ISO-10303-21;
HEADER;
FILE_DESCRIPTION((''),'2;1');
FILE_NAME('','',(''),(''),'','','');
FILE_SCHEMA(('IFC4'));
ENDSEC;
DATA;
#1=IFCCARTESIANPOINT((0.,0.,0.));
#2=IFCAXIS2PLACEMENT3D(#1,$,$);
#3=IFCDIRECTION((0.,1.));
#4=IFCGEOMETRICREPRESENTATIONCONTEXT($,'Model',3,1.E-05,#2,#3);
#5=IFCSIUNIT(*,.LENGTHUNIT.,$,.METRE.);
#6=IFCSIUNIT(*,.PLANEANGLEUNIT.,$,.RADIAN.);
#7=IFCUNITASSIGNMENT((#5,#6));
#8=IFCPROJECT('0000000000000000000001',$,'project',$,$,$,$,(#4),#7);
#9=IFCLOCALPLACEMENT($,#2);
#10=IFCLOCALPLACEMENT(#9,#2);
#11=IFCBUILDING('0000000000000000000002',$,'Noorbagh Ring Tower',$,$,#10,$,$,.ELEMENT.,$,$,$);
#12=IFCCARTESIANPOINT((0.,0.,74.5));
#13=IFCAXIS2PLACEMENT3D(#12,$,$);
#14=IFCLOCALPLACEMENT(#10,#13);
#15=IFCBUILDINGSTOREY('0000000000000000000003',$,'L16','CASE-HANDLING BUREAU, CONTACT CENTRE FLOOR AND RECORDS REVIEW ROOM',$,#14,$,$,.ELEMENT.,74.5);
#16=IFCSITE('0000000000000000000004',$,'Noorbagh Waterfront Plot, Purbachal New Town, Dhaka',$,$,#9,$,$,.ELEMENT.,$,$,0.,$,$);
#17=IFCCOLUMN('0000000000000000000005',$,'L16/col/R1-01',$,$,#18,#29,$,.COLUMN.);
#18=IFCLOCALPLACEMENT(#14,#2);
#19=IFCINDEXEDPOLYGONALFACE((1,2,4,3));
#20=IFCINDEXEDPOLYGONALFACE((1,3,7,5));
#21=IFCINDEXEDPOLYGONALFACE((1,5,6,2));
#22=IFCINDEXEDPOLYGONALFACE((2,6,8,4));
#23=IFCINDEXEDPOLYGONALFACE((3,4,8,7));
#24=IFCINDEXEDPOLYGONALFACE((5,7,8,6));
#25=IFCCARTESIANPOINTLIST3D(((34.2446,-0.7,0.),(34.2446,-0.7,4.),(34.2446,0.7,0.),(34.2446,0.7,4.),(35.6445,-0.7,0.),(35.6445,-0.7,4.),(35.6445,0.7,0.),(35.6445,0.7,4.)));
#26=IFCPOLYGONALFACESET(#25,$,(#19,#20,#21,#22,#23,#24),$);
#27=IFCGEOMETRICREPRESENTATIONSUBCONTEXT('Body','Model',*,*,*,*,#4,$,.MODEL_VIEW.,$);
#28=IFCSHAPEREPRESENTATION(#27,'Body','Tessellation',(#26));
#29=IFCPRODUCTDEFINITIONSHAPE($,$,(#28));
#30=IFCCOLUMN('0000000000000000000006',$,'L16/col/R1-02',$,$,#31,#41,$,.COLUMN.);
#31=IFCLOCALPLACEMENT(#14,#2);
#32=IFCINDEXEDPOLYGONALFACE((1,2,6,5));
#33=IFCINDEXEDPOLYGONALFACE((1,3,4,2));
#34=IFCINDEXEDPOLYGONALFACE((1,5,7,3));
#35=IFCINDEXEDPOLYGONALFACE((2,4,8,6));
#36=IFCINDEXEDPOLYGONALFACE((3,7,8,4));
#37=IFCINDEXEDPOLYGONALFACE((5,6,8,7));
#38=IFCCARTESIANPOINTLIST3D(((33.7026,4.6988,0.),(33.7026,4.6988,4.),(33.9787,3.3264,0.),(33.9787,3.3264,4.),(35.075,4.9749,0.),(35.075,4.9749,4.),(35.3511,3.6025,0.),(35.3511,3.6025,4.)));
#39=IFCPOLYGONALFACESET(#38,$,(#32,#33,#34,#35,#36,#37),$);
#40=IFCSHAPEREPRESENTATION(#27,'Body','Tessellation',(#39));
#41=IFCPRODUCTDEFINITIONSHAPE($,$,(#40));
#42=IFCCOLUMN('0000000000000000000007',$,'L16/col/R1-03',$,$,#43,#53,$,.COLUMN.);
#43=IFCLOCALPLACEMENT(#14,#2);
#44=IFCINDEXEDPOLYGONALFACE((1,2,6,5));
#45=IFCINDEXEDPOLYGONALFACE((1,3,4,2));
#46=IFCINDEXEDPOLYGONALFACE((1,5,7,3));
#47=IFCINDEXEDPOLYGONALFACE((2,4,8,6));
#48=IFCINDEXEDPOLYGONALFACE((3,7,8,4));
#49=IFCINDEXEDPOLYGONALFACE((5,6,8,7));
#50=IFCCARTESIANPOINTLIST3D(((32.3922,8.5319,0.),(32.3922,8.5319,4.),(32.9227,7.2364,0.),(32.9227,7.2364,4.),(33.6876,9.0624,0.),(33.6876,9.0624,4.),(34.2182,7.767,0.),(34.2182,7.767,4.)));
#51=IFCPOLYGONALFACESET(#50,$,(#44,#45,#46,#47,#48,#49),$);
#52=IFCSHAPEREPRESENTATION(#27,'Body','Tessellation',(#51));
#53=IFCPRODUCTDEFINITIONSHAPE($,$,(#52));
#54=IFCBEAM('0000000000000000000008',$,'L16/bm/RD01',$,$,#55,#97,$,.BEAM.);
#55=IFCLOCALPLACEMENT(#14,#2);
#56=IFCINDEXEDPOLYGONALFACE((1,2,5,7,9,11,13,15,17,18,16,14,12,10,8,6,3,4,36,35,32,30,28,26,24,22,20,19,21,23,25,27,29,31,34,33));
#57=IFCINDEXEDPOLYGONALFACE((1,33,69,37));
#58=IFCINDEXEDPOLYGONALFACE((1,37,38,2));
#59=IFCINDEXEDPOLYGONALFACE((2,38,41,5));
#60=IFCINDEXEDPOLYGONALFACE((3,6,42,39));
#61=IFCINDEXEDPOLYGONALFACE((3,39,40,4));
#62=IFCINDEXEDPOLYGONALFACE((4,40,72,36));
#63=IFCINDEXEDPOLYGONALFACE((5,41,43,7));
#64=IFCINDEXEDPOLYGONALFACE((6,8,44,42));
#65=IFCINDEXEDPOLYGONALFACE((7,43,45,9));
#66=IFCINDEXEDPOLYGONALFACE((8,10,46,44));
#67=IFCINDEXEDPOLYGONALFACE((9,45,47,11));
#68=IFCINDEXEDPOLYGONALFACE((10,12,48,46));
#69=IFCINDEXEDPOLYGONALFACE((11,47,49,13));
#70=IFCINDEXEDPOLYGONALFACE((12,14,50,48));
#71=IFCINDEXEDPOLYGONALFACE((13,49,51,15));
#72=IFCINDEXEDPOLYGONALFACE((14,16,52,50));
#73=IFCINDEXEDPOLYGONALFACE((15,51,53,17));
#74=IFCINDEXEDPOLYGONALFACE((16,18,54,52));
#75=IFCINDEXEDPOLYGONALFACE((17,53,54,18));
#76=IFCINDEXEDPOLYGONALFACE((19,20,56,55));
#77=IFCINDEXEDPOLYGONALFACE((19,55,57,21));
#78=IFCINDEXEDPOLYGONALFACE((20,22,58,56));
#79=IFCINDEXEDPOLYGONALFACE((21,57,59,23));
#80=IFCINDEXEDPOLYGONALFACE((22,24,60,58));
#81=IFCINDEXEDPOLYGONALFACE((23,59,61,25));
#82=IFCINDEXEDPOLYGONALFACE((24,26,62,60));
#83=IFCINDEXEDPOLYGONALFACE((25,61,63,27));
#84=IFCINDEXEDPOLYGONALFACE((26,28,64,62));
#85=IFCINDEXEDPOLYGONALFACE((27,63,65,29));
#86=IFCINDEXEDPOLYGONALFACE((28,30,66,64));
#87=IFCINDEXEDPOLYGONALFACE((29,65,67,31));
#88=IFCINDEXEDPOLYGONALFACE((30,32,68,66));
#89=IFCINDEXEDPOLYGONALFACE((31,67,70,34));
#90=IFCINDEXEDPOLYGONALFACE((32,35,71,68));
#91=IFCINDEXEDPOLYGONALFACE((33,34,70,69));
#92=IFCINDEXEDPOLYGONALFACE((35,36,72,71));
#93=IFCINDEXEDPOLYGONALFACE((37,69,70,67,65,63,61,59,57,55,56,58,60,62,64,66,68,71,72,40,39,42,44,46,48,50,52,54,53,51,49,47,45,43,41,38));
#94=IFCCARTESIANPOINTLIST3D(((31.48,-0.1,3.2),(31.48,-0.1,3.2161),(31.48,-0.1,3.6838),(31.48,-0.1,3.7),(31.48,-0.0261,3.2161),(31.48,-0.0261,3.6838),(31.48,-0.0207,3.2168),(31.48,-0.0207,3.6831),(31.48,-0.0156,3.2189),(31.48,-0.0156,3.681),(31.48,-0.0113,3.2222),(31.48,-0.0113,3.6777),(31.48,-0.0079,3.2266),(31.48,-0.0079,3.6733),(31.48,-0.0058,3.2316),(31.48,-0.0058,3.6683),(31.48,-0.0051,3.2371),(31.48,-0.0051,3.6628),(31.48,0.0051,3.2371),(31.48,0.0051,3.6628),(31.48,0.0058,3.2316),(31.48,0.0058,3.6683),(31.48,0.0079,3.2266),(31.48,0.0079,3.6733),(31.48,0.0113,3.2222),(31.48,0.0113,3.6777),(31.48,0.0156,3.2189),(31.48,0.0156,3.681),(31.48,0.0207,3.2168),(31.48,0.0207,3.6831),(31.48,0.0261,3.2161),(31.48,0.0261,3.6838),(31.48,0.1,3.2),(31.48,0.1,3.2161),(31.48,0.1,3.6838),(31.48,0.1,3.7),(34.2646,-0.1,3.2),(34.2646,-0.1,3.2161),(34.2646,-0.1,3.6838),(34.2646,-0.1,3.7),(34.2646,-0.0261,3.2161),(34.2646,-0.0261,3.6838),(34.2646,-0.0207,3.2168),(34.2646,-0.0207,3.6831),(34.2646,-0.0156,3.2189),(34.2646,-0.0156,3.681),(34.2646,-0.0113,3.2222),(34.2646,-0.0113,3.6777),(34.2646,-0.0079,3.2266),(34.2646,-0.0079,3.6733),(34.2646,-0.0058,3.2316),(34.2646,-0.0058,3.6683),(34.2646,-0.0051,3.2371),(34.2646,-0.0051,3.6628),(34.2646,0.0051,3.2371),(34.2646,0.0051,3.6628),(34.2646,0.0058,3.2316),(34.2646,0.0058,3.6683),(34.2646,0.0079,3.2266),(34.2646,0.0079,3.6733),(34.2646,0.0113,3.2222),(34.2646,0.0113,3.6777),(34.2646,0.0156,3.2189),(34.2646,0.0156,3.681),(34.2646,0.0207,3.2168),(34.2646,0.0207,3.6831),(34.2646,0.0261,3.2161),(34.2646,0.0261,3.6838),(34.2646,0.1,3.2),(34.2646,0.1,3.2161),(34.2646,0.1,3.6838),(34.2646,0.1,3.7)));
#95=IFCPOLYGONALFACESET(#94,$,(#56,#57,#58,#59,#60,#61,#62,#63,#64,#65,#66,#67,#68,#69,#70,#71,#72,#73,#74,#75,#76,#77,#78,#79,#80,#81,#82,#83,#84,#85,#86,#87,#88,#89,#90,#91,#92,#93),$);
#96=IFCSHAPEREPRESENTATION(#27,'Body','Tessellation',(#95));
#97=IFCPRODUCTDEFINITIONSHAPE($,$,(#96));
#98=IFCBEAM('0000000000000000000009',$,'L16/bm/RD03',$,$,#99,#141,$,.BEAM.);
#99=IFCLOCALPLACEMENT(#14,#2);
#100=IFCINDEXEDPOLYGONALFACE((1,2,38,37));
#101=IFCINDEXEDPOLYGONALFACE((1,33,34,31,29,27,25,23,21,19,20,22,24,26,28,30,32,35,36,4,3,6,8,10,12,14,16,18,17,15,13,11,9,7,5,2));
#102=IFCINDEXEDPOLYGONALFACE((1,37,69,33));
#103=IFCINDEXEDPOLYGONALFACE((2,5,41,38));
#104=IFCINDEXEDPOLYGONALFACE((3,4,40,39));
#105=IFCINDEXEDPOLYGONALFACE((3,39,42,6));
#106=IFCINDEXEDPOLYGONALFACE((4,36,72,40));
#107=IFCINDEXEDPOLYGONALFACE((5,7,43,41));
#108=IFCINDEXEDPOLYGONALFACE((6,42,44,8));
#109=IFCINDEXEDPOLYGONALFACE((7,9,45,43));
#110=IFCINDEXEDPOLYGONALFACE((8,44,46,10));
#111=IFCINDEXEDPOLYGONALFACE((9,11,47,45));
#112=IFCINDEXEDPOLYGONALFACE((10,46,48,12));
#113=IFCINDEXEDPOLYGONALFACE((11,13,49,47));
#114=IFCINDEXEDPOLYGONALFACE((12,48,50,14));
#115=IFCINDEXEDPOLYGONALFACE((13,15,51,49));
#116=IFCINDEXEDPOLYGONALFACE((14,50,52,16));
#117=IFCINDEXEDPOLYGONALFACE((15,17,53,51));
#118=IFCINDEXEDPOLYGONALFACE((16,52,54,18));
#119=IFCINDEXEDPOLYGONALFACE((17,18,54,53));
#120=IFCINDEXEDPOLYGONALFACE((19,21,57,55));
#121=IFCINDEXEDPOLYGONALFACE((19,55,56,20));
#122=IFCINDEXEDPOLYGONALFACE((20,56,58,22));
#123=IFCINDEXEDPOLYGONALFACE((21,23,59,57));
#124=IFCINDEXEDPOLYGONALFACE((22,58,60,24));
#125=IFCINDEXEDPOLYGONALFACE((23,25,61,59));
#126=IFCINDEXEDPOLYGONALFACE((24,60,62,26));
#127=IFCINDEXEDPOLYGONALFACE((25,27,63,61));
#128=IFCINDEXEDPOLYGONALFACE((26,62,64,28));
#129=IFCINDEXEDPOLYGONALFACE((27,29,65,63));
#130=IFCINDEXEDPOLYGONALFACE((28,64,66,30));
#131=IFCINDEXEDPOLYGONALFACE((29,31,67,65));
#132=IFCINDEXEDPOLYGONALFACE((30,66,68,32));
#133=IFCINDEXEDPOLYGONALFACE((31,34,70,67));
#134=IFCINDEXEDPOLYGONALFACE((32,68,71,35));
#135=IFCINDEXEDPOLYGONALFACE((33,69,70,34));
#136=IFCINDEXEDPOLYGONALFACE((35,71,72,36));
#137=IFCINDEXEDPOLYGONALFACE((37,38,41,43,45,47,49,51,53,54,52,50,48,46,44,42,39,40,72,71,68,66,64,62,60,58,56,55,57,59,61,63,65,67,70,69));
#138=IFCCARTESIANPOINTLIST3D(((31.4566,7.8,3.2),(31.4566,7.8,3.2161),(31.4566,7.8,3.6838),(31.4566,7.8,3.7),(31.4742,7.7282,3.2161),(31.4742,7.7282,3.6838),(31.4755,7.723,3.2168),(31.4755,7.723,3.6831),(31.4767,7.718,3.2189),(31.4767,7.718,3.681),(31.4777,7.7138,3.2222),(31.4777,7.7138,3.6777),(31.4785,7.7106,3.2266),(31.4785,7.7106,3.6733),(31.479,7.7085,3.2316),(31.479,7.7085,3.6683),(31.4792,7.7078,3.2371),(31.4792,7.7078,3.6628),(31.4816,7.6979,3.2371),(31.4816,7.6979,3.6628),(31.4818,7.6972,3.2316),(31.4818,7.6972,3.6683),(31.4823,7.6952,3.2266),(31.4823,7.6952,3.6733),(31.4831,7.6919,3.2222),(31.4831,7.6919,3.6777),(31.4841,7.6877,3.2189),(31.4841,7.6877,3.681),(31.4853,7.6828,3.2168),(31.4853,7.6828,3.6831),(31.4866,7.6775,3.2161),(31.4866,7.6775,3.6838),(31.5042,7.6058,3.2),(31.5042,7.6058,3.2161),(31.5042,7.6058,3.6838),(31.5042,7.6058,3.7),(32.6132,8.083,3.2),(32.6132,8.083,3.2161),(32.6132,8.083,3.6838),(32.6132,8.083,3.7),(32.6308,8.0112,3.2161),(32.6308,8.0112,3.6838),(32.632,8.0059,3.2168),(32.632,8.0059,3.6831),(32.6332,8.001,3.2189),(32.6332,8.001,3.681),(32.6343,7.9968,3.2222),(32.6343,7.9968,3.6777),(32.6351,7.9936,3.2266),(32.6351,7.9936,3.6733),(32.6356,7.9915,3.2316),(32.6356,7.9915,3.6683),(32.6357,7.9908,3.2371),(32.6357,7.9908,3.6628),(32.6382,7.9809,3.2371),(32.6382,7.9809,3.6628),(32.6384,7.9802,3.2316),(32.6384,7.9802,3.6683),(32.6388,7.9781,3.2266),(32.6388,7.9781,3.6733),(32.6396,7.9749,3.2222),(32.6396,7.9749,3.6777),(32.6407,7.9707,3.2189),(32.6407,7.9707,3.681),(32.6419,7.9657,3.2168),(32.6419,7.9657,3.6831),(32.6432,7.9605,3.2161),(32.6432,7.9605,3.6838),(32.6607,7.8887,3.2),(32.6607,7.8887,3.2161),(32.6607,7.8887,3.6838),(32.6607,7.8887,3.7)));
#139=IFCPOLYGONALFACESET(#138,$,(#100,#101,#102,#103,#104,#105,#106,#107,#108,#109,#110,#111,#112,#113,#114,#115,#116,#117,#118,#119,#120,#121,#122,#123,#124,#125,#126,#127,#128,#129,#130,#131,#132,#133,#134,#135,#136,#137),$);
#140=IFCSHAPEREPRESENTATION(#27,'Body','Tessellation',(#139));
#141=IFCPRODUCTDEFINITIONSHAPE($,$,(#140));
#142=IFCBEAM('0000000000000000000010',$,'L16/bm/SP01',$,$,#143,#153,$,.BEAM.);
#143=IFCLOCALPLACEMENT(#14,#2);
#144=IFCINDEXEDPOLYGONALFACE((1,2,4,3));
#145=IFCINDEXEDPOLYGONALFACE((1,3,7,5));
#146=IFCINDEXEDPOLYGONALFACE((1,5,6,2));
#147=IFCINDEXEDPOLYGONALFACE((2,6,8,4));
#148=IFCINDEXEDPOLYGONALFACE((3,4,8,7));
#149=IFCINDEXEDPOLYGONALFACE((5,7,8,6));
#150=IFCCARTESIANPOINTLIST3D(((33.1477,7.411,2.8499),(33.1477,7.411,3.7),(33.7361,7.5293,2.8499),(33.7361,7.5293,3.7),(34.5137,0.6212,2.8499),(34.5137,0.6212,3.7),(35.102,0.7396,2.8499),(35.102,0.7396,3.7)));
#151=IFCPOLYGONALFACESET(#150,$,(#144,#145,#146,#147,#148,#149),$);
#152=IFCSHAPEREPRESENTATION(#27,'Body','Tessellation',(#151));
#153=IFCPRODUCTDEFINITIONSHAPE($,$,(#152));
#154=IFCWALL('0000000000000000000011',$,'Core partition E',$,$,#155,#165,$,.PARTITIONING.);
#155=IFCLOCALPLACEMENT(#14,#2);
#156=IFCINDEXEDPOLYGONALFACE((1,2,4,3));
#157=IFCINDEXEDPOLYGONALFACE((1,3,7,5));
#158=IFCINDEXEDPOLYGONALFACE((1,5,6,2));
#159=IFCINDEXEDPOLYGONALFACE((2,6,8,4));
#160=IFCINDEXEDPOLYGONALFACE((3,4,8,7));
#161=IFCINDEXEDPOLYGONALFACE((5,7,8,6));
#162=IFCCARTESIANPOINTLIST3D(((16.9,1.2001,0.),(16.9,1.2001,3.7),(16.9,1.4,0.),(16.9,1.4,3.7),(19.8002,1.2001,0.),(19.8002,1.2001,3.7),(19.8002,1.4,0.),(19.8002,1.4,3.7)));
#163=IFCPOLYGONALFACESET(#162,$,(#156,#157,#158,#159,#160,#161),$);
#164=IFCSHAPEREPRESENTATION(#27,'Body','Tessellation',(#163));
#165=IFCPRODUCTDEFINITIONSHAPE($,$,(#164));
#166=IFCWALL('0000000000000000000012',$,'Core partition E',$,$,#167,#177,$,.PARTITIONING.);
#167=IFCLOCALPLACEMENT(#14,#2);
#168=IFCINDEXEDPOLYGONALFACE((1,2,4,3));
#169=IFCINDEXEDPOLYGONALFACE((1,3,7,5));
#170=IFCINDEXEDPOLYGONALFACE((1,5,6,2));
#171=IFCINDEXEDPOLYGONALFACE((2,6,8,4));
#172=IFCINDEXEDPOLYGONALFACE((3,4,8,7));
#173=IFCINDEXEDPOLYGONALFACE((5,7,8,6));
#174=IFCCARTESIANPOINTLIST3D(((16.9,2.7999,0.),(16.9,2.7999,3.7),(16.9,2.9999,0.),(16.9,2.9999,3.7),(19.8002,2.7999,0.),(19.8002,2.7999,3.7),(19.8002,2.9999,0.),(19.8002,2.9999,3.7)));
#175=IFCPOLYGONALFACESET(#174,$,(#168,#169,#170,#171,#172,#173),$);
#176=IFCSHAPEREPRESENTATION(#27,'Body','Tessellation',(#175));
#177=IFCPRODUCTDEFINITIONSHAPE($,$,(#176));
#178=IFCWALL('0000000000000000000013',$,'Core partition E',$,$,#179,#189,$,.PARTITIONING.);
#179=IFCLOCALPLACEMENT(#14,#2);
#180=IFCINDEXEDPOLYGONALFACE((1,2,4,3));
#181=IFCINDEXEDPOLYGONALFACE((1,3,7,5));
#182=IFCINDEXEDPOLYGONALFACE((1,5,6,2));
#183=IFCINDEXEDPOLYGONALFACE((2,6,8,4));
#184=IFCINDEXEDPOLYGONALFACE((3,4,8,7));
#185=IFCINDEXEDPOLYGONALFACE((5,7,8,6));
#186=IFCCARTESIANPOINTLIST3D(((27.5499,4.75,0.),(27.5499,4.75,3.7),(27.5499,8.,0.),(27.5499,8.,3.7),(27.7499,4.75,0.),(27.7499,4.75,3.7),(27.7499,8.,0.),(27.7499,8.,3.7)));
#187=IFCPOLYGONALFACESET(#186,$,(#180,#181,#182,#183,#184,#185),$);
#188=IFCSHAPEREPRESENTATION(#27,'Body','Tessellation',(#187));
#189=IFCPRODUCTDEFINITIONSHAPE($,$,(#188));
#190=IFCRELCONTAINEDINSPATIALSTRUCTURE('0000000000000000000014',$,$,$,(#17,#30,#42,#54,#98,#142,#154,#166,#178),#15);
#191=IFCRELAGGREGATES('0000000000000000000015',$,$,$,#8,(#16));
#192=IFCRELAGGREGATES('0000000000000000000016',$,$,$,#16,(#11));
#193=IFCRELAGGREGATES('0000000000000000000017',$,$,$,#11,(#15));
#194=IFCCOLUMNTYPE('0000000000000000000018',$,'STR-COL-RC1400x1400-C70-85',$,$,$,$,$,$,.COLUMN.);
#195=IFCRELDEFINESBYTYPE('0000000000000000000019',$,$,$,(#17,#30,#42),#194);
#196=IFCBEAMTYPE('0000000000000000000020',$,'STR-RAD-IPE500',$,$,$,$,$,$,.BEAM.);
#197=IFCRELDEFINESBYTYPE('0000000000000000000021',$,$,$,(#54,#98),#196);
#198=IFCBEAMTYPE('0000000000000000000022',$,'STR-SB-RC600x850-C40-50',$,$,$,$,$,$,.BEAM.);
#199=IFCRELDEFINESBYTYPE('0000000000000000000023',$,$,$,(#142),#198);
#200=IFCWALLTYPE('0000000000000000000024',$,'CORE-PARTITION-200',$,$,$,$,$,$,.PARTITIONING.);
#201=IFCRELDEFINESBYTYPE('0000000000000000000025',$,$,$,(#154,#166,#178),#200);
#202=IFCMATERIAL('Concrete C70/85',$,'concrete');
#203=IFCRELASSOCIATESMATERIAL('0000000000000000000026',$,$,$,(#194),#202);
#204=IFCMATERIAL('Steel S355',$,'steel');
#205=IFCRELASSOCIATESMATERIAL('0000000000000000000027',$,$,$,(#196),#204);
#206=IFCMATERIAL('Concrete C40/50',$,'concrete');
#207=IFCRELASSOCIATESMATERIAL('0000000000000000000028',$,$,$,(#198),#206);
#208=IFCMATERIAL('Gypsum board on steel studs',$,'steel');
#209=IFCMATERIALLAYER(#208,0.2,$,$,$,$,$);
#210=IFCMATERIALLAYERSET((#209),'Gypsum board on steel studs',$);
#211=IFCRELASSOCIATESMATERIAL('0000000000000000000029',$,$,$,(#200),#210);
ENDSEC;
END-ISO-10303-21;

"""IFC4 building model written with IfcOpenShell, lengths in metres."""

from ifc_helpers import new_model, si_unit, direction, frame, frame_2d, origin, origin_2d, place, context, subcontext, project, spatial, rectangle, i_section, extrude, material, layer, layer_set, material_profile, profile_set, type_object, element, save


model = new_model("IFC4")

# Units and contexts
model_context = context("Model", 3, precision=1e-05, world=origin(), true_north=direction((0.0, 1.0)))
body_context = subcontext(model_context, "Body", "Model", "MODEL_VIEW")
ifc_project = project(units=[si_unit("LENGTHUNIT", "METRE"), si_unit("PLANEANGLEUNIT", "RADIAN")], contexts=[model_context])

# Site, building, storey
site_placement = place(None, origin())
site = spatial("IfcSite", under=ifc_project, at=site_placement, Name="Noorbagh Waterfront Plot, Purbachal New Town, Dhaka", CompositionType="ELEMENT", RefElevation=0.0)
building_placement = place(site_placement, origin())
building = spatial("IfcBuilding", under=site, at=building_placement, Name="Noorbagh Ring Tower", CompositionType="ELEMENT")
storey_placement = place(building_placement, frame((0.0, 0.0, 74.5)))
storey = spatial("IfcBuildingStorey", under=building, at=storey_placement, Name="L16", Description="CASE-HANDLING BUREAU, CONTACT CENTRE FLOOR AND RECORDS REVIEW ROOM", CompositionType="ELEMENT", Elevation=74.5)

# Columns
ifc_material_1 = material(Name="Concrete C70/85", Category="concrete")
ifc_material_profile_1 = material_profile(ifc_material_1, rectangle(XDim=1.3999, YDim=1.3999, at=origin_2d()), Name="RC1400x1400")
ifc_profile_set_1 = profile_set([ifc_material_profile_1], Name="Concrete C70/85")
column_type = type_object("IfcColumnType", Name="STR-COL-RC1400x1400-C70-85", PredefinedType="COLUMN", material=ifc_profile_set_1)
for number, where, z_axis, x_axis, name in (
    (1, (34.9446, 0.0, 0.0), (0.0, 0.0, 1.0), (0.0, 1.0, 0.0), "L16/col/R1-01"),
    (2, (34.5269, 4.1506, 0.0), (0.0, 0.0, 1.0), (-0.19723, 0.980357, 0.0), "L16/col/R1-02"),
    (3, (33.3052, 8.1494, 0.0), (0.0, 0.0, 1.0), (-0.378989, 0.925401, 0.0), "L16/col/R1-03"),
):
    element("IfcColumn", number, at=place(storey_placement, frame(where, z_axis=z_axis, x_axis=x_axis)), inside=storey, type_object=column_type, Name=name, PredefinedType="COLUMN", context=body_context, shape_type="SweptSolid", body=[
        extrude(rectangle(XDim=1.3999, YDim=1.3999, at=origin_2d()), origin(), (0.0, 0.0, 1.0), 4.0),
    ])

# Beams
ifc_material_2 = material(Name="Steel S355", Category="steel")
ifc_material_profile_2 = material_profile(ifc_material_2, i_section(OverallWidth=0.2, OverallDepth=0.5, WebThickness=0.0103, FlangeThickness=0.0161, FilletRadius=0.021, at=origin_2d()), Name="IPE500")
ifc_profile_set_2 = profile_set([ifc_material_profile_2], Name="Steel S355")
beam_type_1 = type_object("IfcBeamType", Name="STR-RAD-IPE500", PredefinedType="BEAM", material=ifc_profile_set_2)
beam_1_placement = place(storey_placement, frame((34.2646, 0.0, 3.45), z_axis=(-1.0, 0.0, 0.0), x_axis=(0.0, -1.0, 0.0)))
element("IfcBeam", 4, at=beam_1_placement, inside=storey, type_object=beam_type_1, Name="L16/bm/RD01", PredefinedType="BEAM", context=body_context, shape_type="SweptSolid", body=[
    extrude(i_section(OverallWidth=0.2, OverallDepth=0.5, WebThickness=0.0103, FlangeThickness=0.0161, FilletRadius=0.021, at=origin_2d()), origin(), (0.0, 0.0, 1.0), 2.7847),
])
beam_2_placement = place(storey_placement, frame((32.637, 7.9858, 3.45), z_axis=(-0.971349, -0.237659, 0.0), x_axis=(0.237659, -0.971349, 0.0)))
element("IfcBeam", 5, at=beam_2_placement, inside=storey, type_object=beam_type_1, Name="L16/bm/RD03", PredefinedType="BEAM", context=body_context, shape_type="SweptSolid", body=[
    extrude(i_section(OverallWidth=0.2, OverallDepth=0.5, WebThickness=0.0103, FlangeThickness=0.0161, FilletRadius=0.021, at=origin_2d()), origin(), (0.0, 0.0, 1.0), 1.1907),
])
ifc_material_3 = material(Name="Concrete C40/50", Category="concrete")
ifc_material_profile_3 = material_profile(ifc_material_3, rectangle(XDim=0.6001, YDim=0.8501, at=origin_2d()), Name="RC600x850")
ifc_profile_set_3 = profile_set([ifc_material_profile_3], Name="Concrete C40/50")
beam_type_2 = type_object("IfcBeamType", Name="STR-SB-RC600x850-C40-50", PredefinedType="BEAM", material=ifc_profile_set_3)
beam_3_placement = place(storey_placement, frame((34.8079, 0.6804, 3.2749), z_axis=(-0.197228, 0.980358, 0.0), x_axis=(-0.980358, -0.197228, 0.0)))
element("IfcBeam", 6, at=beam_3_placement, inside=storey, type_object=beam_type_2, Name="L16/bm/SP01", PredefinedType="BEAM", context=body_context, shape_type="SweptSolid", body=[
    extrude(rectangle(XDim=0.6001, YDim=0.8501, at=origin_2d()), origin(), (0.0, 0.0, 1.0), 6.9258),
])

# Walls
ifc_material_4 = material(Name="Gypsum board on steel studs", Category="steel")
ifc_layer_1 = layer(ifc_material_4, 0.2)
ifc_layer_set_1 = layer_set([ifc_layer_1], Name="Gypsum board on steel studs")
wall_type_1 = type_object("IfcWallType", Name="CORE-PARTITION-200", PredefinedType="PARTITIONING", material=ifc_layer_set_1)
for number, where, z_axis, x_axis, name in (
    (7, (16.8999, 1.3, 0.0), (0.0, 0.0, 1.0), (1.0, 0.0, 0.0), "Core partition E"),
    (8, (16.8999, 2.8999, 0.0), (0.0, 0.0, 1.0), (1.0, 0.0, 0.0), "Core partition E"),
):
    element("IfcWall", number, at=place(storey_placement, frame(where, z_axis=z_axis, x_axis=x_axis)), inside=storey, type_object=wall_type_1, Name=name, PredefinedType="PARTITIONING", context=body_context, shape_type="SweptSolid", body=[
        extrude(rectangle(XDim=2.9001, YDim=0.2, at=frame_2d((1.4502, 0.0))), origin(), (0.0, 0.0, 1.0), 3.7),
    ])
wall_1_placement = place(storey_placement, frame((27.6499, 4.75, 0.0), z_axis=(0.0, 0.0, 1.0), x_axis=(0.0, 1.0, 0.0)))
element("IfcWall", 9, at=wall_1_placement, inside=storey, type_object=wall_type_1, Name="Core partition E", PredefinedType="PARTITIONING", context=body_context, shape_type="SweptSolid", body=[
    extrude(rectangle(XDim=3.25, YDim=0.2, at=frame_2d((1.625, 0.0))), origin(), (0.0, 0.0, 1.0), 3.7),
])

save(model, "model.ifc")
